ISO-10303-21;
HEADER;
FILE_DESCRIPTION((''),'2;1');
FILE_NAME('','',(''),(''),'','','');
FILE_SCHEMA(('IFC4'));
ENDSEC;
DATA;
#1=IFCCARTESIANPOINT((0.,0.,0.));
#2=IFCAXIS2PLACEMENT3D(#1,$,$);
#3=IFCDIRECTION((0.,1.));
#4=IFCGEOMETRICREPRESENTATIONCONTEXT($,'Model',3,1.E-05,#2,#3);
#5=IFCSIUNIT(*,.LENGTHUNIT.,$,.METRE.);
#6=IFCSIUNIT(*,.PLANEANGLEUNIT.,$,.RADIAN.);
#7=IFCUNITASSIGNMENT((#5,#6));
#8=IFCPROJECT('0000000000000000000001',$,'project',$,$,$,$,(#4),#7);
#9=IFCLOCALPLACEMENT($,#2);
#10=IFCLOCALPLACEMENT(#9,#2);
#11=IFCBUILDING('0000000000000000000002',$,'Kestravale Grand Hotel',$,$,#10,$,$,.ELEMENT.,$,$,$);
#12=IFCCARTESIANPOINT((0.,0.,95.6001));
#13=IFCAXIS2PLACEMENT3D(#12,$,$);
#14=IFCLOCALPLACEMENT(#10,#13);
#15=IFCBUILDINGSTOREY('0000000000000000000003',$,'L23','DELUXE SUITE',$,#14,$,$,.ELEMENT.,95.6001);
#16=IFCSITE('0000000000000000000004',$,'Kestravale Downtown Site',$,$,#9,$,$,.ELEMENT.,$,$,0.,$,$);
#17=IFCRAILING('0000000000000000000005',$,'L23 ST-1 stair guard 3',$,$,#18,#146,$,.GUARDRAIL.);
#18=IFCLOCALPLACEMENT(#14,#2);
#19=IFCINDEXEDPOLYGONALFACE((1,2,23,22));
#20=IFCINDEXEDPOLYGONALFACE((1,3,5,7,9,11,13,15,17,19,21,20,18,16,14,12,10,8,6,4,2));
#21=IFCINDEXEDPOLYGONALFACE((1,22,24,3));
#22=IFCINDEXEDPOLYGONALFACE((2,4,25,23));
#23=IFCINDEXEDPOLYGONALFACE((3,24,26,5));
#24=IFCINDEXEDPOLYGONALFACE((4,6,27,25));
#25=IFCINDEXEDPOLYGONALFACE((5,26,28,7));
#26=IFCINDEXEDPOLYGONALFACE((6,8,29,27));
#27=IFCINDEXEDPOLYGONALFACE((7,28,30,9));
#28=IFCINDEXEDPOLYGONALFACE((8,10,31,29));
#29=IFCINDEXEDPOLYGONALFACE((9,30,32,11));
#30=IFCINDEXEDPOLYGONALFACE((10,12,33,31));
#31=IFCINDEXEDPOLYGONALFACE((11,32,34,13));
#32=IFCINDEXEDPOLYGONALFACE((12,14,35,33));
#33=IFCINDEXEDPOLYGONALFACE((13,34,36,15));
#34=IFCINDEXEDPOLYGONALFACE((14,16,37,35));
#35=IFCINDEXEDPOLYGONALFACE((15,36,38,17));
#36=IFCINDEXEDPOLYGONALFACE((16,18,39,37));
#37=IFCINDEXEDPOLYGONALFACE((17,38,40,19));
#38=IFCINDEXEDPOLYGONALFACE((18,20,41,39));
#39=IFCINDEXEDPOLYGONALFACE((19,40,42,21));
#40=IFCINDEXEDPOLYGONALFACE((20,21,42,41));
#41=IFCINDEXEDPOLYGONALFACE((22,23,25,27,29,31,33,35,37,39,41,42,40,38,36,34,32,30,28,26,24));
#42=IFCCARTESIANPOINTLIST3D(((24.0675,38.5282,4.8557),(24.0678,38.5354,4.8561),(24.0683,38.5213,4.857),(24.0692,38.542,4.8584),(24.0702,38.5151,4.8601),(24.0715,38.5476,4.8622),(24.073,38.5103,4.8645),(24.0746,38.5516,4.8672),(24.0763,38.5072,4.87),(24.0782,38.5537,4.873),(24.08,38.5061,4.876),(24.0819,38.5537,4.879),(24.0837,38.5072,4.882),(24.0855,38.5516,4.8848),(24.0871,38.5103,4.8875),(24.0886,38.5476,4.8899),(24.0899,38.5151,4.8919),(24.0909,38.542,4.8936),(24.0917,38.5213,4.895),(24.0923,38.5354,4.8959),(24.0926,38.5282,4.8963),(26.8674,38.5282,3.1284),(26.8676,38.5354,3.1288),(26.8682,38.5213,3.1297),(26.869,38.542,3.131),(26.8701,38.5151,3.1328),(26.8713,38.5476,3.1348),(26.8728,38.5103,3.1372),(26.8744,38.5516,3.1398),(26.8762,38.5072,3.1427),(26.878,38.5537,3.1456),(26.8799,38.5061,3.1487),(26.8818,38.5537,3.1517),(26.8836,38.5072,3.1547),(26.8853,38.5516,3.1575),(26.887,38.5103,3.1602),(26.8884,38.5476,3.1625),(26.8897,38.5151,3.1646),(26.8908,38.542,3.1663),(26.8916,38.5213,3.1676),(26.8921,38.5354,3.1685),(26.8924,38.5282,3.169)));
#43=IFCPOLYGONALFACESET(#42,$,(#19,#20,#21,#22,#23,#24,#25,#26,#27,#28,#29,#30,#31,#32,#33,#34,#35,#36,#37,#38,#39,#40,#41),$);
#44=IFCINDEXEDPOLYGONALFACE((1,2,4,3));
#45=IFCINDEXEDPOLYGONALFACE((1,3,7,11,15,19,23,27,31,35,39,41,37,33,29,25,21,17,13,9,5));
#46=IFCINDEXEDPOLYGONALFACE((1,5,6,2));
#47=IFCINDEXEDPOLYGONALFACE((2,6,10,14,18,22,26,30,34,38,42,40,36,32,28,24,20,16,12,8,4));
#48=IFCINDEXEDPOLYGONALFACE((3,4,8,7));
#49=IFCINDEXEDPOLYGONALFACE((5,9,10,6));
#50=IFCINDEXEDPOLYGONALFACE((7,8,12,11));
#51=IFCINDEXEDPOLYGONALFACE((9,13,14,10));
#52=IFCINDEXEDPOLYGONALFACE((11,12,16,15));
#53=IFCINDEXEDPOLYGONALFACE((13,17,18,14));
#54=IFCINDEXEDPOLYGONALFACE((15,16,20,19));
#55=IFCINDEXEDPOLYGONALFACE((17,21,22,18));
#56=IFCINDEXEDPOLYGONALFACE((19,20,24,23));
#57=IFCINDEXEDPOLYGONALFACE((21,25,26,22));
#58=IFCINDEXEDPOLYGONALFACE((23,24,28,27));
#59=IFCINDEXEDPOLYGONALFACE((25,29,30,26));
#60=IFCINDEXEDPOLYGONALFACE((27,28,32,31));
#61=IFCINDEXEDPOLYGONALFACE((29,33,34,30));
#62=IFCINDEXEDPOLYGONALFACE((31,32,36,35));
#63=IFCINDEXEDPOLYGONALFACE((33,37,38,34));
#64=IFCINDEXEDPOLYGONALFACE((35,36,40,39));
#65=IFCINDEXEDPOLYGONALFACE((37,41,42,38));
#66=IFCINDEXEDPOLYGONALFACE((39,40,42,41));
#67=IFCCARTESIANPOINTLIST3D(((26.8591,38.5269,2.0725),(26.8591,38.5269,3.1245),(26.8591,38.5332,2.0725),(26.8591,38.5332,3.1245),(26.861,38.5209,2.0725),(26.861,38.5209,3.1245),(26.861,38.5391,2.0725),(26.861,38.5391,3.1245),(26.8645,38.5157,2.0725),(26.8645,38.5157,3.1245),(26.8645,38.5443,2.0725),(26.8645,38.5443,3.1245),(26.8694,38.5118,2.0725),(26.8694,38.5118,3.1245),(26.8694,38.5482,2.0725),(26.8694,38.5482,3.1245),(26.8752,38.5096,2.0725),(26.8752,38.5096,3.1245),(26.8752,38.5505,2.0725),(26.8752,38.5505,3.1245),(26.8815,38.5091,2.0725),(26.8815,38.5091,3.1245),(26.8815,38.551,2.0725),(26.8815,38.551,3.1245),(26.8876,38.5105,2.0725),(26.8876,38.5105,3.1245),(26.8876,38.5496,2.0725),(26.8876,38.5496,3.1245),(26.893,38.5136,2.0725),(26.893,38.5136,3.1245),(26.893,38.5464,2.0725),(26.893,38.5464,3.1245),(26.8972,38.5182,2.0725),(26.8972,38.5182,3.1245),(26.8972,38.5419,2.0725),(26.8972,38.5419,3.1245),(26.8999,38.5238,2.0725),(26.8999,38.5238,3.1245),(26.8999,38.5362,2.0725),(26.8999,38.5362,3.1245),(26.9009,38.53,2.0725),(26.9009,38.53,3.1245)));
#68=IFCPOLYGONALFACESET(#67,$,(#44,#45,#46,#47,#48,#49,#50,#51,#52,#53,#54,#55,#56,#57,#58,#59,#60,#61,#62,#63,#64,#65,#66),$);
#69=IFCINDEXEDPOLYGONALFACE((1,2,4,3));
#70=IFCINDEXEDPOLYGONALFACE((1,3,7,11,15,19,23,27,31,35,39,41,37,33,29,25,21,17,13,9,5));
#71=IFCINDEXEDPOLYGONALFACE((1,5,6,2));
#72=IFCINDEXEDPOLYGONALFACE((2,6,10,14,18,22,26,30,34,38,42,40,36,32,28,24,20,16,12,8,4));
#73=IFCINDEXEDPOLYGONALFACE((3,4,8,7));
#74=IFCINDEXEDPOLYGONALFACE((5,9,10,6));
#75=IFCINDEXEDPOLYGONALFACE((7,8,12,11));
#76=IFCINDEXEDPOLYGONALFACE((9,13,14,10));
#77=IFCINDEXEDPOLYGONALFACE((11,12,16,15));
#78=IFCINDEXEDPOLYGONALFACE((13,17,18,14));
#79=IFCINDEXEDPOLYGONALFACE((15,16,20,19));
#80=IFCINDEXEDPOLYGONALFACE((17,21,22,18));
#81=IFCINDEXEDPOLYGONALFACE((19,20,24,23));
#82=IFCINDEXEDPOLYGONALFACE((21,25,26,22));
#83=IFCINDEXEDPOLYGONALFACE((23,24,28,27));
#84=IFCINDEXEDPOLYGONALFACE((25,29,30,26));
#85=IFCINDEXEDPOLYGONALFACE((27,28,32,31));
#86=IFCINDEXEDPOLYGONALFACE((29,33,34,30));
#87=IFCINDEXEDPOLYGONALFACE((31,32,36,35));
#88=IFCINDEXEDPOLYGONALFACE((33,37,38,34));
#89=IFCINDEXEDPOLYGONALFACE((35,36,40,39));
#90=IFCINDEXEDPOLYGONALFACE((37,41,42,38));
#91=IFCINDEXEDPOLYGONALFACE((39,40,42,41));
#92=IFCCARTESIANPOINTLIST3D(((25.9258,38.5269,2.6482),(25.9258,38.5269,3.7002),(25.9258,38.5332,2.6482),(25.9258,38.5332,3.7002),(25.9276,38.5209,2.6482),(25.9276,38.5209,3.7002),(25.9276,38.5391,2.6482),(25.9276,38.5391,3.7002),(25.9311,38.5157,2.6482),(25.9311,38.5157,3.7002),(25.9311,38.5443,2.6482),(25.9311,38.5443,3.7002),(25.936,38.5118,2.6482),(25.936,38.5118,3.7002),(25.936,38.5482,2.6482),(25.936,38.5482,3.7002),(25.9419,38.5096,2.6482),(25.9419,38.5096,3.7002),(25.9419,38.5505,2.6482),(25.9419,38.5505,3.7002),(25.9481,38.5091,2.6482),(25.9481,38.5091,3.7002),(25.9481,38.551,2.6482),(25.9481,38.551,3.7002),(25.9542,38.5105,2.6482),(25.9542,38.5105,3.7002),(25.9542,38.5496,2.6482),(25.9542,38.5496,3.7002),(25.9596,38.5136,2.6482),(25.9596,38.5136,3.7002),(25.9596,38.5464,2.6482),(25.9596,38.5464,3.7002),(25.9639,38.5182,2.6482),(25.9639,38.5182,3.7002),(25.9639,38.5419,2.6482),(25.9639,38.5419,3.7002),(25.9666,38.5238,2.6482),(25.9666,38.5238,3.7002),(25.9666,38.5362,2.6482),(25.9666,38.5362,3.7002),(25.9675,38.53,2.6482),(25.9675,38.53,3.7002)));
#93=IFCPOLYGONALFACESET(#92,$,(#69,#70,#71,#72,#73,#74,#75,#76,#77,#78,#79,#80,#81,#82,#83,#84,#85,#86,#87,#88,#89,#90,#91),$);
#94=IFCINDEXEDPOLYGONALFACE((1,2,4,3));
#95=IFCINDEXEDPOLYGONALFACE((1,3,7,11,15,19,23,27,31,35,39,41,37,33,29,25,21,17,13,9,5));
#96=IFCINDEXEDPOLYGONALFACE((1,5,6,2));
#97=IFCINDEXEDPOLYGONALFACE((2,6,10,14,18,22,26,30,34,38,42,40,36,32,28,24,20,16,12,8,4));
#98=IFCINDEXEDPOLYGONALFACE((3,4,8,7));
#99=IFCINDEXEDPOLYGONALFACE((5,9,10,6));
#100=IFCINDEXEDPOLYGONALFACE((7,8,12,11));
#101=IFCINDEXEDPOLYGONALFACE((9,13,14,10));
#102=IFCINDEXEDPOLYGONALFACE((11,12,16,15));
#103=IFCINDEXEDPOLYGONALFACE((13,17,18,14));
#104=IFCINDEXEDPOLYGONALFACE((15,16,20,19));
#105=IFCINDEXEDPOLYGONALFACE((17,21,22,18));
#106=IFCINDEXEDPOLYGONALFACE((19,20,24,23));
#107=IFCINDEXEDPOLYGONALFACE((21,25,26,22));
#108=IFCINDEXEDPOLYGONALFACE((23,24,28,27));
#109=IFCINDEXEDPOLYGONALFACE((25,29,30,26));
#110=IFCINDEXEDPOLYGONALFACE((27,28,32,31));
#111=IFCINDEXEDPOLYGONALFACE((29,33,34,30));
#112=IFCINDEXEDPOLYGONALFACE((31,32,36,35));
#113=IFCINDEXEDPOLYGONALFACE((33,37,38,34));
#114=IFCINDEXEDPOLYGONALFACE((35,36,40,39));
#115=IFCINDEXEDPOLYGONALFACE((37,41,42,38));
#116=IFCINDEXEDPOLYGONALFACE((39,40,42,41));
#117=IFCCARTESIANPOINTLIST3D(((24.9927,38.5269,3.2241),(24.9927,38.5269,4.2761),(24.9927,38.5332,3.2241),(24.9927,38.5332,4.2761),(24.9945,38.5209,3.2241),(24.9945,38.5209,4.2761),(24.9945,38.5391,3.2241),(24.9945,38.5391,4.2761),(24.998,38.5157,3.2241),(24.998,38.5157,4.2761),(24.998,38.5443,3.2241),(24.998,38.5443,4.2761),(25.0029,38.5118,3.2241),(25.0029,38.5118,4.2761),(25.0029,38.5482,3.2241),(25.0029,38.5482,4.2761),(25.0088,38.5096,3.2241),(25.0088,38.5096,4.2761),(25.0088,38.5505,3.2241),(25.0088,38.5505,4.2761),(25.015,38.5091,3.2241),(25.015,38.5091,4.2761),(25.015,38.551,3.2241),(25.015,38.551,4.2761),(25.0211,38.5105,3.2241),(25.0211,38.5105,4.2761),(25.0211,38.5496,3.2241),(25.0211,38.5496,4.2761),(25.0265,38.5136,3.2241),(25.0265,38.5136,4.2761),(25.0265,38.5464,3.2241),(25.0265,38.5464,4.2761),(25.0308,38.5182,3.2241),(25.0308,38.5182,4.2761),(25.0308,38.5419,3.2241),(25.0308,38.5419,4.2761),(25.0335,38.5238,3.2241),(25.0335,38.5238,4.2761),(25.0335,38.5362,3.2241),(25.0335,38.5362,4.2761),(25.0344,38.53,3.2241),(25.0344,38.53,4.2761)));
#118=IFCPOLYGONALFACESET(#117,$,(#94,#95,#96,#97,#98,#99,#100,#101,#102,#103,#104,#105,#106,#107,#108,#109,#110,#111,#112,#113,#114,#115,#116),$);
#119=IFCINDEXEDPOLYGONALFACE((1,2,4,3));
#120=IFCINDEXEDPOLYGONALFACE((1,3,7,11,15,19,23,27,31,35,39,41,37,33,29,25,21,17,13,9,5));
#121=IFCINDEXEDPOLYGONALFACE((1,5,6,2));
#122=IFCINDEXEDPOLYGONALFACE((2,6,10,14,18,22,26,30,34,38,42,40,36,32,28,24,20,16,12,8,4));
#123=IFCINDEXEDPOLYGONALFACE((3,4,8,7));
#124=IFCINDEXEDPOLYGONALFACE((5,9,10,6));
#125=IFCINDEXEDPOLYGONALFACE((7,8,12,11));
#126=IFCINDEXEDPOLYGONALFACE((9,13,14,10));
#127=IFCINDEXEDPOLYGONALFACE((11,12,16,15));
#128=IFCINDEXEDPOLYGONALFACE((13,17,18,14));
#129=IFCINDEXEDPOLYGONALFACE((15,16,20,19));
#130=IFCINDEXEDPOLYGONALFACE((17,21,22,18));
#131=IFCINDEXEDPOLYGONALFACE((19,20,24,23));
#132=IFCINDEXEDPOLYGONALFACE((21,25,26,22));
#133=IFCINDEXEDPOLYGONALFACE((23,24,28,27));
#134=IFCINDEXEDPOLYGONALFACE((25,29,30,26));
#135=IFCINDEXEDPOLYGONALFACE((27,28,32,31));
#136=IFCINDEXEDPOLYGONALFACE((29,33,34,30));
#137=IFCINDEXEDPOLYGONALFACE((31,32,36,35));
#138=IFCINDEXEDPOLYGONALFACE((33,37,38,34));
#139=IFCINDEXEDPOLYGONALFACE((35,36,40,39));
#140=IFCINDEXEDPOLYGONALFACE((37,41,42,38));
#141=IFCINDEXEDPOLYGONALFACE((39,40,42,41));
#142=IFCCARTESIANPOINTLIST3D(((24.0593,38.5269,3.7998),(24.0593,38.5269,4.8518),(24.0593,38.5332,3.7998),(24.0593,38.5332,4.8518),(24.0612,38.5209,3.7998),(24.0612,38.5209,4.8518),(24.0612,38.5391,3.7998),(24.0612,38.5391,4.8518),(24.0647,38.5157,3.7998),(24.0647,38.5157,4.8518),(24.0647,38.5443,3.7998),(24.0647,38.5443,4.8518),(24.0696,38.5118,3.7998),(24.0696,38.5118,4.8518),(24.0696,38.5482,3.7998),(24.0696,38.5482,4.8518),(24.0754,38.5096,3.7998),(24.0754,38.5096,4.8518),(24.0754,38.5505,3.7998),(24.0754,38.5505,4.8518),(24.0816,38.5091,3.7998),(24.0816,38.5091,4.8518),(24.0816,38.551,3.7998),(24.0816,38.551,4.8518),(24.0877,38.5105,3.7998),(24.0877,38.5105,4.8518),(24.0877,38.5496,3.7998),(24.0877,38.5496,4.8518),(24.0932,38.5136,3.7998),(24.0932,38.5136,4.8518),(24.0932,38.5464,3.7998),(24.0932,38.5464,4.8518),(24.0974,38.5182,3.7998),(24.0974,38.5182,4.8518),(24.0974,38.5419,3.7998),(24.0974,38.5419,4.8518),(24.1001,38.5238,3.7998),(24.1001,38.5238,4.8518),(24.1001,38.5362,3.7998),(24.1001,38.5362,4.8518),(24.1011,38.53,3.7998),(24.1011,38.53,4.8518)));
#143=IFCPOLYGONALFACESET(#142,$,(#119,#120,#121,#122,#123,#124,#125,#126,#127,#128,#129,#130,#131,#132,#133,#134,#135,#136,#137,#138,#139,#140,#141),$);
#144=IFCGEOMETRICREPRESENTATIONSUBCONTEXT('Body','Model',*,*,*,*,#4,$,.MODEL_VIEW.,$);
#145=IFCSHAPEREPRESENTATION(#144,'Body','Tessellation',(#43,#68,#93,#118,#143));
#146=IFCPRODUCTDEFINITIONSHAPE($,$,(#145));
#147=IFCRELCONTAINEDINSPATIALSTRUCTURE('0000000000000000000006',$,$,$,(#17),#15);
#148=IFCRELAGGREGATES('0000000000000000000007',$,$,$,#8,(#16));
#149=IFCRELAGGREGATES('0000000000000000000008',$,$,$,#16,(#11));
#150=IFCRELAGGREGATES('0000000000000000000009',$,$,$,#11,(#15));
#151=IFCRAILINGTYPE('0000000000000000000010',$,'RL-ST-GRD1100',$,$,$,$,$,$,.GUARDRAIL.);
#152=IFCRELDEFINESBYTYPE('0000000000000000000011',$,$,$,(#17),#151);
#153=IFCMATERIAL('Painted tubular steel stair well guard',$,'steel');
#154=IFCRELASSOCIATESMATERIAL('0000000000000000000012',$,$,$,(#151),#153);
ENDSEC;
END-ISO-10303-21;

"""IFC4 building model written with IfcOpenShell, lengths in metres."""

from ifc_helpers import new_model, si_unit, direction, frame, origin, origin_2d, place, context, subcontext, project, spatial, circle, extrude, material, type_object, element, save


model = new_model("IFC4")

# Units and contexts
model_context = context("Model", 3, precision=1e-05, world=origin(), true_north=direction((0.0, 1.0)))
body_context = subcontext(model_context, "Body", "Model", "MODEL_VIEW")
ifc_project = project(units=[si_unit("LENGTHUNIT", "METRE"), si_unit("PLANEANGLEUNIT", "RADIAN")], contexts=[model_context])

# Site, building, storey
site_placement = place(None, origin())
site = spatial("IfcSite", under=ifc_project, at=site_placement, Name="Kestravale Downtown Site", CompositionType="ELEMENT", RefElevation=0.0)
building_placement = place(site_placement, origin())
building = spatial("IfcBuilding", under=site, at=building_placement, Name="Kestravale Grand Hotel", CompositionType="ELEMENT")
storey_placement = place(building_placement, frame((0.0, 0.0, 95.6001)))
storey = spatial("IfcBuildingStorey", under=building, at=storey_placement, Name="L23", Description="DELUXE SUITE", CompositionType="ELEMENT", Elevation=95.6001)

# Railing
ifc_material_1 = material(Name="Painted tubular steel stair well guard", Category="steel")
railing_type_1 = type_object("IfcRailingType", Name="RL-ST-GRD1100", PredefinedType="GUARDRAIL", material=ifc_material_1)
railing_1_placement = place(storey_placement, frame((26.8799, 38.53, 2.0725)))
element("IfcRailing", 1, at=railing_1_placement, inside=storey, type_object=railing_type_1, Name="L23 ST-1 stair guard 3", PredefinedType="GUARDRAIL", context=body_context, shape_type="SweptSolid", body=[
    extrude(circle(Radius=0.0239, at=origin_2d()), frame((0.0, 0.0, 1.0762), z_axis=(-0.851069, 0.0, 0.525054), x_axis=(0.0, -1.0, 0.0)), (0.0, 0.0, 1.0), 3.2898),
    extrude(circle(Radius=0.021, at=origin_2d()), origin(), (0.0, 0.0, 1.0), 1.052),
    extrude(circle(Radius=0.021, at=origin_2d()), frame((-0.9333, 0.0, 0.5757)), (0.0, 0.0, 1.0), 1.052),
    extrude(circle(Radius=0.021, at=origin_2d()), frame((-1.8665, 0.0, 1.1516)), (0.0, 0.0, 1.0), 1.052),
    extrude(circle(Radius=0.021, at=origin_2d()), frame((-2.7998, 0.0, 1.7273)), (0.0, 0.0, 1.0), 1.052),
])

save(model, "model.ifc")
